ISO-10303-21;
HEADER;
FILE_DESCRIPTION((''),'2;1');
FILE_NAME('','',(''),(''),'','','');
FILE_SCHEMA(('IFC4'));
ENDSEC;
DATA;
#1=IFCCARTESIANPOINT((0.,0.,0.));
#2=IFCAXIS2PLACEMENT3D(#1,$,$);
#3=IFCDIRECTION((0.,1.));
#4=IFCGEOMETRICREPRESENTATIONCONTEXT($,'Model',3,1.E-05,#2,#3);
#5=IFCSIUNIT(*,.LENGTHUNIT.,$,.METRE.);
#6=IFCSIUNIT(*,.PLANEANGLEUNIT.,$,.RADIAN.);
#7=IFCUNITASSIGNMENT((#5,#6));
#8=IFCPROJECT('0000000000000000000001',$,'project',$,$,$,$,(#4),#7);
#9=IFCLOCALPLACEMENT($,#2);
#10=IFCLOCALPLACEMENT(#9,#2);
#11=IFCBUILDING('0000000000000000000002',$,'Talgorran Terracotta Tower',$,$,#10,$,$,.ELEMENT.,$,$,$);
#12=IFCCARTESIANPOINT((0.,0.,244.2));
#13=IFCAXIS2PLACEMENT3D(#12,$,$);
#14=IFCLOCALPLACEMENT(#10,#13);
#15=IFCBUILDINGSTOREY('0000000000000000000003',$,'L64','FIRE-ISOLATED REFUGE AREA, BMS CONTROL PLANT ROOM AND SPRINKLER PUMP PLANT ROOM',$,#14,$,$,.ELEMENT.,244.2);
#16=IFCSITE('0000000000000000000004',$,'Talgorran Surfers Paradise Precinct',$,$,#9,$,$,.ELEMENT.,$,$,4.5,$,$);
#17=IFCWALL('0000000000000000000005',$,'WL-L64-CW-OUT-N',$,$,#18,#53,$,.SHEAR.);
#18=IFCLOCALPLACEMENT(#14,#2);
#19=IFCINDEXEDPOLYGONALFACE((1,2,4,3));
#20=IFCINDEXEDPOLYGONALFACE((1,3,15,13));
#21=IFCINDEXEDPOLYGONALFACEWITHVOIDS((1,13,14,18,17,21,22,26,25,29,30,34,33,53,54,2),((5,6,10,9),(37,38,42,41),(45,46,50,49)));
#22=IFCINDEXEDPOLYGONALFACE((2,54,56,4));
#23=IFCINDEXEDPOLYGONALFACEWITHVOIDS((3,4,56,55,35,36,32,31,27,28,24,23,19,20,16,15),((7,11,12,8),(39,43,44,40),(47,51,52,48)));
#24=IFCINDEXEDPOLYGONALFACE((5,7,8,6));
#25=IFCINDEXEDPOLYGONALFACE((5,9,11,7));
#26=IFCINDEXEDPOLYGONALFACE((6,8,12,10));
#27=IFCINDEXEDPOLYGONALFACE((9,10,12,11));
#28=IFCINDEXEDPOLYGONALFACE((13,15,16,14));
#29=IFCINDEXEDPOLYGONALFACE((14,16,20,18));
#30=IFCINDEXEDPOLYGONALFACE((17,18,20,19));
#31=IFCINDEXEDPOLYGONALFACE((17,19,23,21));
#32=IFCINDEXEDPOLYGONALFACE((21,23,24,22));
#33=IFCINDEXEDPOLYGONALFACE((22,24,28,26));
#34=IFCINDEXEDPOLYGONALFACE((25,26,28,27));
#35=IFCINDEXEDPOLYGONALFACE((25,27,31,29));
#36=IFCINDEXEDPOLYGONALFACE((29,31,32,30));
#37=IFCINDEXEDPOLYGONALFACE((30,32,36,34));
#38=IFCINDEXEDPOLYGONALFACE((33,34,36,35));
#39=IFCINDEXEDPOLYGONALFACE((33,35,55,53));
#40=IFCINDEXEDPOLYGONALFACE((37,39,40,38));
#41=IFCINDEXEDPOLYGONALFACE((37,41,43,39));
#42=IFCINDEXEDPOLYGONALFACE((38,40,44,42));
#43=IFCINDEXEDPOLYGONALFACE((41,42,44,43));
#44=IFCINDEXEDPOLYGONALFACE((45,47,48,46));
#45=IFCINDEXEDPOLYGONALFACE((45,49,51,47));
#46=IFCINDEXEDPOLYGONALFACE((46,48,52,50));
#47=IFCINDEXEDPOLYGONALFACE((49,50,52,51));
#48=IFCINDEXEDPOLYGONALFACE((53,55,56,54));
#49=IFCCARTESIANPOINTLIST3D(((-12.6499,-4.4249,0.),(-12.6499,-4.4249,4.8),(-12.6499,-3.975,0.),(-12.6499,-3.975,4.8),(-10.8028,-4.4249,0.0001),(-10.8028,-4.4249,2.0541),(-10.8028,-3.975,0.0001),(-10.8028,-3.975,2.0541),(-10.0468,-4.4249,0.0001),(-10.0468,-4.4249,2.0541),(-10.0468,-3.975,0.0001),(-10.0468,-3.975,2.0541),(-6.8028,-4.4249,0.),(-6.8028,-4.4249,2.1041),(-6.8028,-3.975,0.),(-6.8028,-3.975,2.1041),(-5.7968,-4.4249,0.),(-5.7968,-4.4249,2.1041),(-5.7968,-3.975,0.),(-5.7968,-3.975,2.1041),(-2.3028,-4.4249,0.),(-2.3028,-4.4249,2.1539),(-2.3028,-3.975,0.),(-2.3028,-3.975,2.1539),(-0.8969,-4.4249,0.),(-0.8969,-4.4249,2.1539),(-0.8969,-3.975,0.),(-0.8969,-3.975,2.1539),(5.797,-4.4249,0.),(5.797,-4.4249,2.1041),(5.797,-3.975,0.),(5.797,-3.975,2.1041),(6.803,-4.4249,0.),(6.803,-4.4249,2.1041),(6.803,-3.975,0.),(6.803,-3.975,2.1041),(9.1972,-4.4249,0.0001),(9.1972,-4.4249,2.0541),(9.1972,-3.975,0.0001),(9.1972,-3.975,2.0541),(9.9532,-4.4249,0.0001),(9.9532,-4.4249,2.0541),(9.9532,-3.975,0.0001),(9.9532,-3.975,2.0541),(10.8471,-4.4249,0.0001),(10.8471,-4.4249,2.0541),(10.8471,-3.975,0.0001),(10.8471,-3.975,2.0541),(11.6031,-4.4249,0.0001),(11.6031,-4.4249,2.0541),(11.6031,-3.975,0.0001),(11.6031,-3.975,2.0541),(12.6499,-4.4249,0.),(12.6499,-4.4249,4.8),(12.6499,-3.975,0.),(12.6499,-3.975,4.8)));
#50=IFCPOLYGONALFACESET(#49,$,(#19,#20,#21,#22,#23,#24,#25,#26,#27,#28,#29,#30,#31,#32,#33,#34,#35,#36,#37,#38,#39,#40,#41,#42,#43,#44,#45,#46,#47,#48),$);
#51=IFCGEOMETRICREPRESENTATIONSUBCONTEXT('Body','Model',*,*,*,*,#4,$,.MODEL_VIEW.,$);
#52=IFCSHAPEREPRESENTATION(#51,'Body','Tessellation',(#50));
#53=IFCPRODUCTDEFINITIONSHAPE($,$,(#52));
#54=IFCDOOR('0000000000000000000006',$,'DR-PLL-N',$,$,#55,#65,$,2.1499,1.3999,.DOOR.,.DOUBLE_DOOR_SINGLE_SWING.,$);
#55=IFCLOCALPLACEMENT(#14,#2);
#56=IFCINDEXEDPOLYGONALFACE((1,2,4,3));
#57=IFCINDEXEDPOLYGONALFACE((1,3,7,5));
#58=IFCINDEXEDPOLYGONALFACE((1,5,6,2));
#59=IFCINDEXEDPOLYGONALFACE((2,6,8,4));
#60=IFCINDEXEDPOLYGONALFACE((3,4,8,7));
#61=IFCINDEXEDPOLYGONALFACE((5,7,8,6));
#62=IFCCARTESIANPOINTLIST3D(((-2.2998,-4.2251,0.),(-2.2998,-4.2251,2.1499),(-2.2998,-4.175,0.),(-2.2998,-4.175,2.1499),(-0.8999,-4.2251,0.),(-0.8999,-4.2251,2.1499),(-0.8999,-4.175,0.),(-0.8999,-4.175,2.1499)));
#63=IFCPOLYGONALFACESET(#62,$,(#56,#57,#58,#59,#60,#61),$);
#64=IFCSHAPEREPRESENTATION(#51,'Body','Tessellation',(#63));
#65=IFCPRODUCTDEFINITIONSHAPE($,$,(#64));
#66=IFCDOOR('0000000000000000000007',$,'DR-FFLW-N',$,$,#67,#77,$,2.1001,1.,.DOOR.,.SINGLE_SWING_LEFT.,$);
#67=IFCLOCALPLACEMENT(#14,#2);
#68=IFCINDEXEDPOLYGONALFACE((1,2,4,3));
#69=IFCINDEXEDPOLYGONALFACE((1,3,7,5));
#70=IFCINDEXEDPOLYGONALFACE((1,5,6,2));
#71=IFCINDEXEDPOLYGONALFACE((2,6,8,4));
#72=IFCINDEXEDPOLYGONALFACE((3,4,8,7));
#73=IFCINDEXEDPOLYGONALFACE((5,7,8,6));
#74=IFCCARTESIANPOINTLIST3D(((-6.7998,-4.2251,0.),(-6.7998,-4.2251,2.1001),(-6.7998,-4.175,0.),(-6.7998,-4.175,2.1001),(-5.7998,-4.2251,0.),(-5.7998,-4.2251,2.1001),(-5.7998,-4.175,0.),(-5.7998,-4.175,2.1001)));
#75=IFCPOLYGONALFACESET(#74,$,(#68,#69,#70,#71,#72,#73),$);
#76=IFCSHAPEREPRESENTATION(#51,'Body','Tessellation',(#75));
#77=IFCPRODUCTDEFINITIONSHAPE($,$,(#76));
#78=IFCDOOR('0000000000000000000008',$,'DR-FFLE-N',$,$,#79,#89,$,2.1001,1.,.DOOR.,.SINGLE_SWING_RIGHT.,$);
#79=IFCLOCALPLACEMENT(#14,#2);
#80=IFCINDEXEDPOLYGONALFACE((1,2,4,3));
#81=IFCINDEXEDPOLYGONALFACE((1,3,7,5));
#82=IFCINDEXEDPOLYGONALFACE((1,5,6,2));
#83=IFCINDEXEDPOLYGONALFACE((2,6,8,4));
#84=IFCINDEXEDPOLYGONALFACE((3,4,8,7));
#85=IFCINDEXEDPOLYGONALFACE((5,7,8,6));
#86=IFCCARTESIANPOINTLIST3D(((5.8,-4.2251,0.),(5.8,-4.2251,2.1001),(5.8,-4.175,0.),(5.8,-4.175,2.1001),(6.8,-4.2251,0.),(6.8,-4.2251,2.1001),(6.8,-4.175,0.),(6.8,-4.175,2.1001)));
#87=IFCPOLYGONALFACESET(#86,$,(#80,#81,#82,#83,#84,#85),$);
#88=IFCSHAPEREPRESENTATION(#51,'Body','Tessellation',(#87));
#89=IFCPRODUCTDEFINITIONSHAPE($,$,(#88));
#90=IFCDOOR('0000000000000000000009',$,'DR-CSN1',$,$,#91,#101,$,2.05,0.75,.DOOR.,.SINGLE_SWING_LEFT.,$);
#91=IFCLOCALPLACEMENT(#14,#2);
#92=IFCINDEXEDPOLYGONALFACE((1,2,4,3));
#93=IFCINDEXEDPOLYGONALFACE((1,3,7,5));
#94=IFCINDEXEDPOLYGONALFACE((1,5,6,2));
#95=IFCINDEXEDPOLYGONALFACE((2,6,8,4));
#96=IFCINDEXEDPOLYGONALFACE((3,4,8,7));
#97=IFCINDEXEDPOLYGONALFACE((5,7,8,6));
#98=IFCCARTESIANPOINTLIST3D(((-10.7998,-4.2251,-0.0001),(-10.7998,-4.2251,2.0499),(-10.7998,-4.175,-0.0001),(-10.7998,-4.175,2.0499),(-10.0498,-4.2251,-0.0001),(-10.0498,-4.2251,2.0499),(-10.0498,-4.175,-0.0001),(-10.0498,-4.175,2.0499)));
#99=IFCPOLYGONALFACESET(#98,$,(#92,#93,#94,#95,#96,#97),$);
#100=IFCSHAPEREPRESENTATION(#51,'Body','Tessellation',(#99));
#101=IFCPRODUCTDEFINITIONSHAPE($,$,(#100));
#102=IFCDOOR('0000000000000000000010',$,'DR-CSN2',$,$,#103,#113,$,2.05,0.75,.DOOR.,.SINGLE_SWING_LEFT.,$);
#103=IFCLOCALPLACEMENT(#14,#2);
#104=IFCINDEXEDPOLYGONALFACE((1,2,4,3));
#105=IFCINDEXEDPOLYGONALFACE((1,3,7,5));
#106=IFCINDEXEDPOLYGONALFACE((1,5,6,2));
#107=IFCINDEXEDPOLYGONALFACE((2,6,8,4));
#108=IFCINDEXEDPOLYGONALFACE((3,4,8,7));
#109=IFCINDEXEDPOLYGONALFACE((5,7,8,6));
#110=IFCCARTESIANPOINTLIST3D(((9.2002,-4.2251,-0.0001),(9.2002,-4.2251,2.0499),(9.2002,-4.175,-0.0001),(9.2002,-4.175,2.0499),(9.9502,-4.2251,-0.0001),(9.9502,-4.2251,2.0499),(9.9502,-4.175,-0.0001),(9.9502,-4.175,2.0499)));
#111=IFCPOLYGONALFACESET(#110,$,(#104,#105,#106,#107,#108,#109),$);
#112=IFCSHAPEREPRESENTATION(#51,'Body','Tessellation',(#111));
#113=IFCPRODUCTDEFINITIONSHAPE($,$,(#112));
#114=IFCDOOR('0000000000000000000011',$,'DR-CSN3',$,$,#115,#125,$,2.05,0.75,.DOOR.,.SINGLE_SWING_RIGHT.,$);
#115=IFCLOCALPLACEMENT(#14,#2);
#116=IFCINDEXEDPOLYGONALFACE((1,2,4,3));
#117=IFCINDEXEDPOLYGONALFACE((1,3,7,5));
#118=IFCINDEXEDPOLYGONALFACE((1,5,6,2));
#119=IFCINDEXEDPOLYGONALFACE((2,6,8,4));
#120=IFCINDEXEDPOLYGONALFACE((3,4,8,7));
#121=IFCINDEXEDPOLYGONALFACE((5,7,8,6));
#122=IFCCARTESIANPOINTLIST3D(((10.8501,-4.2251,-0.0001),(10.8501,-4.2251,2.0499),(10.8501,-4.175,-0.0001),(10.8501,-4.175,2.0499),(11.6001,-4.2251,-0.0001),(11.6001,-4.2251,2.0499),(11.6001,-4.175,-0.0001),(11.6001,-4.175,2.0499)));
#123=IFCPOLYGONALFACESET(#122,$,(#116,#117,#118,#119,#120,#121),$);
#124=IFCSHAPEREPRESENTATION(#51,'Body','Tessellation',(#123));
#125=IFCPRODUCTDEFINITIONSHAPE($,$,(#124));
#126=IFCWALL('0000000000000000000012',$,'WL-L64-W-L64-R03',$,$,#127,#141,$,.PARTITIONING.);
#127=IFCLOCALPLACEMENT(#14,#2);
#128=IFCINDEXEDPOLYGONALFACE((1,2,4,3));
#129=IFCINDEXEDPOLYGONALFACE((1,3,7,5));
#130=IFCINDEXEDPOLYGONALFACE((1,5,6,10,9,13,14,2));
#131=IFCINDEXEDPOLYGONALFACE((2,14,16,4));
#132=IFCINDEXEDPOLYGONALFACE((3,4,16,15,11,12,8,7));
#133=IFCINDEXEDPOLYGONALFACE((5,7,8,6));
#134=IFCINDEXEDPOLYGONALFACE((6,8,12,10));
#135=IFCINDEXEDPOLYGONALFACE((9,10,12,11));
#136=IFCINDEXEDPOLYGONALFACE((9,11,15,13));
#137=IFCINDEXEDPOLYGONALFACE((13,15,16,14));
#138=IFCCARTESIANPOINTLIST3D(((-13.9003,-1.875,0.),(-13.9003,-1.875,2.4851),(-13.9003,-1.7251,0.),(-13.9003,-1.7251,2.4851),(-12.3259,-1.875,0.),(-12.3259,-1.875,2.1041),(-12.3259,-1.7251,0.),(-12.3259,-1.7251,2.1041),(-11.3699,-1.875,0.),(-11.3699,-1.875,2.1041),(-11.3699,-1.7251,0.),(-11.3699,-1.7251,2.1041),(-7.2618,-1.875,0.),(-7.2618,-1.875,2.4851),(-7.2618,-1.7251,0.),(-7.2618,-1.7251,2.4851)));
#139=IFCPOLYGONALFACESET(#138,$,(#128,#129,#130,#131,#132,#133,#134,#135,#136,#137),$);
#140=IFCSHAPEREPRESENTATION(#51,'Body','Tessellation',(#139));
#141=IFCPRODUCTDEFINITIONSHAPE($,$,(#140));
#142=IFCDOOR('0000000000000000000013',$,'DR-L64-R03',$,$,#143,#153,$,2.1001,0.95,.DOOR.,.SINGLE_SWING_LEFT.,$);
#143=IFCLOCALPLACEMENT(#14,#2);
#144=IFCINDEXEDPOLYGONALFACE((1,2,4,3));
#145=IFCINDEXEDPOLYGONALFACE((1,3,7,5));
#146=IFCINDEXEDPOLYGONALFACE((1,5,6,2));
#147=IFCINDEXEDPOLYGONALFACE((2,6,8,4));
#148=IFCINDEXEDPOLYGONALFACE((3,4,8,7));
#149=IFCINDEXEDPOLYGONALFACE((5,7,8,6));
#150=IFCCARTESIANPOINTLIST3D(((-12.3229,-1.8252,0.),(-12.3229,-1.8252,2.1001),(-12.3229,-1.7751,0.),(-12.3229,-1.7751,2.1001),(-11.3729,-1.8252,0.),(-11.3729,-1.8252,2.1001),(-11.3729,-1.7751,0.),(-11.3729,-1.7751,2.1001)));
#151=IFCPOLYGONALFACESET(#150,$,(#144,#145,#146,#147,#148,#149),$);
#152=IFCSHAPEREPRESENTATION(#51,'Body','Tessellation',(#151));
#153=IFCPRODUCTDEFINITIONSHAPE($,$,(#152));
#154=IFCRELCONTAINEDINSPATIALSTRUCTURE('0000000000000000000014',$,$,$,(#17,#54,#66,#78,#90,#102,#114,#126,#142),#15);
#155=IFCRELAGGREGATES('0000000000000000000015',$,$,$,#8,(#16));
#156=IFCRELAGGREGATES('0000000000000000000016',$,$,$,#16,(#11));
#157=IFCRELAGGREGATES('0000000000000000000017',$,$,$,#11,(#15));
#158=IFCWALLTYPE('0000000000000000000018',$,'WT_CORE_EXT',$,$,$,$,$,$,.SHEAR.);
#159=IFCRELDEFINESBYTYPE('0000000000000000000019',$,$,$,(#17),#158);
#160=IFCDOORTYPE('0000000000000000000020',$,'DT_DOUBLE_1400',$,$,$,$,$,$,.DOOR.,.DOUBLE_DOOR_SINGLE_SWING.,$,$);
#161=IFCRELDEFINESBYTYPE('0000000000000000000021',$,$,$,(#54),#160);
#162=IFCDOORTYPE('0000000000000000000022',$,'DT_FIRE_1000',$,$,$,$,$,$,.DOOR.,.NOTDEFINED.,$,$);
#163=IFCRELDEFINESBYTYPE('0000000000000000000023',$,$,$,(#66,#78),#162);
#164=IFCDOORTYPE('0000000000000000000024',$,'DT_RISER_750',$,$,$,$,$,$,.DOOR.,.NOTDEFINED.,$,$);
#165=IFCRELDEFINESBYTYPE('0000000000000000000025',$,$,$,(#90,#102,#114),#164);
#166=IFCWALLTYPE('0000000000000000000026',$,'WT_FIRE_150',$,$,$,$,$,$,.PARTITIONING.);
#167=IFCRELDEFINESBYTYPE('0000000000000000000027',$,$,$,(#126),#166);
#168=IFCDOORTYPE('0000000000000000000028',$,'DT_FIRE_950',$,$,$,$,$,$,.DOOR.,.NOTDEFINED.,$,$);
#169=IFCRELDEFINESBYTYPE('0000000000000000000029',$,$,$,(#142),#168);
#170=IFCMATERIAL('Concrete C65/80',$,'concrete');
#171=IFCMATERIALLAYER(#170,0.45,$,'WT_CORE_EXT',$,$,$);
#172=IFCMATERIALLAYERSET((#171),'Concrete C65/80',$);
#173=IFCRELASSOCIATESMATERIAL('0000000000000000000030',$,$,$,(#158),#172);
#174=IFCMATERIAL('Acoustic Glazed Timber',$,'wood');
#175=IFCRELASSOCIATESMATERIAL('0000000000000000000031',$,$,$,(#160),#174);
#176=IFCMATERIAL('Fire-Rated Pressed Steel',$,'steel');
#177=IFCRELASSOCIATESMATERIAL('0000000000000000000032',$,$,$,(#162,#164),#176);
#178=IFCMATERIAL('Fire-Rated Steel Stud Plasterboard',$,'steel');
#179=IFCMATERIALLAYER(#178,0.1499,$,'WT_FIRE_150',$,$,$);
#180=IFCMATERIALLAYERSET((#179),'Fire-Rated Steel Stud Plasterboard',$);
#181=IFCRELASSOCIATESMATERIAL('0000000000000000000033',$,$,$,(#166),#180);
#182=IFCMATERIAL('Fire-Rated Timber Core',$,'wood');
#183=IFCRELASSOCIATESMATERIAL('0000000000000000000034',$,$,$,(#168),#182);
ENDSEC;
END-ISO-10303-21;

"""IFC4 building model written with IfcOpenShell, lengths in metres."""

from ifc_helpers import new_model, si_unit, direction, frame, frame_2d, origin, place, context, subcontext, project, spatial, rectangle, extrude, material, layer, layer_set, type_object, element, fill, save


model = new_model("IFC4")

# Units and contexts
model_context = context("Model", 3, precision=1e-05, world=origin(), true_north=direction((0.0, 1.0)))
body_context = subcontext(model_context, "Body", "Model", "MODEL_VIEW")
ifc_project = project(units=[si_unit("LENGTHUNIT", "METRE"), si_unit("PLANEANGLEUNIT", "RADIAN")], contexts=[model_context])

# Site, building, storey
site_placement = place(None, origin())
site = spatial("IfcSite", under=ifc_project, at=site_placement, Name="Talgorran Surfers Paradise Precinct", CompositionType="ELEMENT", RefElevation=4.5)
building_placement = place(site_placement, origin())
building = spatial("IfcBuilding", under=site, at=building_placement, Name="Talgorran Terracotta Tower", CompositionType="ELEMENT")
storey_placement = place(building_placement, frame((0.0, 0.0, 244.2)))
storey = spatial("IfcBuildingStorey", under=building, at=storey_placement, Name="L64", Description="FIRE-ISOLATED REFUGE AREA, BMS CONTROL PLANT ROOM AND SPRINKLER PUMP PLANT ROOM", CompositionType="ELEMENT", Elevation=244.2)

# Wall, openings, doors
ifc_material_1 = material(Name="Concrete C65/80", Category="concrete")
ifc_layer_1 = layer(ifc_material_1, 0.45, Name="WT_CORE_EXT")
ifc_layer_set_1 = layer_set([ifc_layer_1], Name="Concrete C65/80")
wall_type_1 = type_object("IfcWallType", Name="WT_CORE_EXT", PredefinedType="SHEAR", material=ifc_layer_set_1)
wall_1_placement = place(storey_placement, frame((-12.6499, -4.2, 0.0), z_axis=(0.0, 0.0, 1.0), x_axis=(1.0, 0.0, 0.0)))
wall_1 = element("IfcWall", 1, at=wall_1_placement, inside=storey, type_object=wall_type_1, Name="WL-L64-CW-OUT-N", PredefinedType="SHEAR", context=body_context, shape_type="SweptSolid", body=[
    extrude(rectangle(XDim=25.2998, YDim=0.45, at=frame_2d((12.6499, 0.0))), origin(), (0.0, 0.0, 1.0), 4.8),
])
opening_1_placement = place(wall_1_placement, frame((1.8501, 0.0, 0.0)))
opening_1 = element("IfcOpeningElement", 2, at=opening_1_placement, cuts=wall_1, PredefinedType="OPENING", context=body_context, shape_type="SweptSolid", body=[
    extrude(rectangle(XDim=0.756, YDim=2.054, at=frame_2d((0.375, 1.0271))), frame((0.0, 0.2349, 0.0), z_axis=(0.0, -1.0, 0.0), x_axis=(1.0, 0.0, 0.0)), (0.0, 0.0, 1.0), 0.47),
])
opening_2_placement = place(wall_1_placement, frame((21.8501, 0.0, 0.0)))
opening_2 = element("IfcOpeningElement", 3, at=opening_2_placement, cuts=wall_1, PredefinedType="OPENING", context=body_context, shape_type="SweptSolid", body=[
    extrude(rectangle(XDim=0.756, YDim=2.054, at=frame_2d((0.375, 1.0271))), frame((0.0, 0.2349, 0.0), z_axis=(0.0, -1.0, 0.0), x_axis=(1.0, 0.0, 0.0)), (0.0, 0.0, 1.0), 0.47),
])
opening_3_placement = place(wall_1_placement, frame((23.5, 0.0, 0.0)))
opening_3 = element("IfcOpeningElement", 4, at=opening_3_placement, cuts=wall_1, PredefinedType="OPENING", context=body_context, shape_type="SweptSolid", body=[
    extrude(rectangle(XDim=0.756, YDim=2.054, at=frame_2d((0.375, 1.0271))), frame((0.0, 0.2349, 0.0), z_axis=(0.0, -1.0, 0.0), x_axis=(1.0, 0.0, 0.0)), (0.0, 0.0, 1.0), 0.47),
])
opening_4_placement = place(wall_1_placement, frame((5.8501, 0.0, 0.0)))
opening_4 = element("IfcOpeningElement", 5, at=opening_4_placement, cuts=wall_1, PredefinedType="OPENING", context=body_context, shape_type="SweptSolid", body=[
    extrude(rectangle(XDim=1.006, YDim=2.1041, at=frame_2d((0.5, 1.052))), frame((0.0, 0.2349, 0.0), z_axis=(0.0, -1.0, 0.0), x_axis=(1.0, 0.0, 0.0)), (0.0, 0.0, 1.0), 0.47),
])
opening_5_placement = place(wall_1_placement, frame((10.3501, 0.0, 0.0)))
opening_5 = element("IfcOpeningElement", 6, at=opening_5_placement, cuts=wall_1, PredefinedType="OPENING", context=body_context, shape_type="SweptSolid", body=[
    extrude(rectangle(XDim=1.4059, YDim=2.1539, at=frame_2d((0.7, 1.0769))), frame((0.0, 0.2349, 0.0), z_axis=(0.0, -1.0, 0.0), x_axis=(1.0, 0.0, 0.0)), (0.0, 0.0, 1.0), 0.47),
])
opening_6_placement = place(wall_1_placement, frame((18.45, 0.0, 0.0)))
opening_6 = element("IfcOpeningElement", 7, at=opening_6_placement, cuts=wall_1, PredefinedType="OPENING", context=body_context, shape_type="SweptSolid", body=[
    extrude(rectangle(XDim=1.006, YDim=2.1041, at=frame_2d((0.5, 1.052))), frame((0.0, 0.2349, 0.0), z_axis=(0.0, -1.0, 0.0), x_axis=(1.0, 0.0, 0.0)), (0.0, 0.0, 1.0), 0.47),
])
ifc_material_2 = material(Name="Acoustic Glazed Timber", Category="wood")
door_type_1 = type_object("IfcDoorType", Name="DT_DOUBLE_1400", OperationType="DOUBLE_DOOR_SINGLE_SWING", PredefinedType="DOOR", material=ifc_material_2)
door_1_placement = place(opening_5_placement, origin())
door_1 = element("IfcDoor", 8, at=door_1_placement, inside=storey, type_object=door_type_1, Name="DR-PLL-N", OperationType="DOUBLE_DOOR_SINGLE_SWING", OverallHeight=2.1499, OverallWidth=1.3999, PredefinedType="DOOR", context=body_context, shape_type="SweptSolid", body=[
    extrude(rectangle(XDim=1.3999, YDim=2.1499, at=frame_2d((0.7, 1.075))), frame((0.0, 0.0249, 0.0), z_axis=(0.0, -1.0, 0.0), x_axis=(1.0, 0.0, 0.0)), (0.0, 0.0, 1.0), 0.05),
])
fill(opening_5, door_1)
ifc_material_3 = material(Name="Fire-Rated Pressed Steel", Category="steel")
door_type_2 = type_object("IfcDoorType", Name="DT_FIRE_1000", OperationType="NOTDEFINED", PredefinedType="DOOR", material=ifc_material_3)
door_2_placement = place(opening_4_placement, origin())
door_2 = element("IfcDoor", 9, at=door_2_placement, inside=storey, type_object=door_type_2, Name="DR-FFLW-N", OperationType="SINGLE_SWING_LEFT", OverallHeight=2.1001, OverallWidth=1.0, PredefinedType="DOOR", context=body_context, shape_type="SweptSolid", body=[
    extrude(rectangle(XDim=1.0, YDim=2.1001, at=frame_2d((0.5, 1.05))), frame((0.0, 0.0249, 0.0), z_axis=(0.0, -1.0, 0.0), x_axis=(1.0, 0.0, 0.0)), (0.0, 0.0, 1.0), 0.05),
])
fill(opening_4, door_2)
door_3_placement = place(opening_6_placement, origin())
door_3 = element("IfcDoor", 10, at=door_3_placement, inside=storey, type_object=door_type_2, Name="DR-FFLE-N", OperationType="SINGLE_SWING_RIGHT", OverallHeight=2.1001, OverallWidth=1.0, PredefinedType="DOOR", context=body_context, shape_type="SweptSolid", body=[
    extrude(rectangle(XDim=1.0, YDim=2.1001, at=frame_2d((0.5, 1.05))), frame((0.0, 0.0249, 0.0), z_axis=(0.0, -1.0, 0.0), x_axis=(1.0, 0.0, 0.0)), (0.0, 0.0, 1.0), 0.05),
])
fill(opening_6, door_3)
door_type_3 = type_object("IfcDoorType", Name="DT_RISER_750", OperationType="NOTDEFINED", PredefinedType="DOOR", material=ifc_material_3)
door_4_placement = place(opening_1_placement, origin())
door_4 = element("IfcDoor", 11, at=door_4_placement, inside=storey, type_object=door_type_3, Name="DR-CSN1", OperationType="SINGLE_SWING_LEFT", OverallHeight=2.05, OverallWidth=0.75, PredefinedType="DOOR", context=body_context, shape_type="SweptSolid", body=[
    extrude(rectangle(XDim=0.75, YDim=2.05, at=frame_2d((0.375, 1.0249))), frame((0.0, 0.0249, 0.0), z_axis=(0.0, -1.0, 0.0), x_axis=(1.0, 0.0, 0.0)), (0.0, 0.0, 1.0), 0.05),
])
fill(opening_1, door_4)
door_5_placement = place(opening_2_placement, origin())
door_5 = element("IfcDoor", 12, at=door_5_placement, inside=storey, type_object=door_type_3, Name="DR-CSN2", OperationType="SINGLE_SWING_LEFT", OverallHeight=2.05, OverallWidth=0.75, PredefinedType="DOOR", context=body_context, shape_type="SweptSolid", body=[
    extrude(rectangle(XDim=0.75, YDim=2.05, at=frame_2d((0.375, 1.0249))), frame((0.0, 0.0249, 0.0), z_axis=(0.0, -1.0, 0.0), x_axis=(1.0, 0.0, 0.0)), (0.0, 0.0, 1.0), 0.05),
])
fill(opening_2, door_5)
door_6_placement = place(opening_3_placement, origin())
door_6 = element("IfcDoor", 13, at=door_6_placement, inside=storey, type_object=door_type_3, Name="DR-CSN3", OperationType="SINGLE_SWING_RIGHT", OverallHeight=2.05, OverallWidth=0.75, PredefinedType="DOOR", context=body_context, shape_type="SweptSolid", body=[
    extrude(rectangle(XDim=0.75, YDim=2.05, at=frame_2d((0.375, 1.0249))), frame((0.0, 0.0249, 0.0), z_axis=(0.0, -1.0, 0.0), x_axis=(1.0, 0.0, 0.0)), (0.0, 0.0, 1.0), 0.05),
])
fill(opening_3, door_6)

# Wall, opening, door
ifc_material_4 = material(Name="Fire-Rated Steel Stud Plasterboard", Category="steel")
ifc_layer_2 = layer(ifc_material_4, 0.1499, Name="WT_FIRE_150")
ifc_layer_set_2 = layer_set([ifc_layer_2], Name="Fire-Rated Steel Stud Plasterboard")
wall_type_2 = type_object("IfcWallType", Name="WT_FIRE_150", PredefinedType="PARTITIONING", material=ifc_layer_set_2)
wall_2_placement = place(storey_placement, frame((-13.9004, -1.8, 0.0), z_axis=(0.0, 0.0, 1.0), x_axis=(1.0, 0.0, 0.0)))
wall_2 = element("IfcWall", 14, at=wall_2_placement, inside=storey, type_object=wall_type_2, Name="WL-L64-W-L64-R03", PredefinedType="PARTITIONING", context=body_context, shape_type="SweptSolid", body=[
    extrude(rectangle(XDim=6.6384, YDim=0.1499, at=frame_2d((3.3193, 0.0))), origin(), (0.0, 0.0, 1.0), 2.4851),
])
opening_7_placement = place(wall_2_placement, frame((1.5774, 0.0, 0.0)))
opening_7 = element("IfcOpeningElement", 15, at=opening_7_placement, cuts=wall_2, PredefinedType="OPENING", context=body_context, shape_type="SweptSolid", body=[
    extrude(rectangle(XDim=0.956, YDim=2.1041, at=frame_2d((0.4751, 1.052))), frame((0.0, 0.085, 0.0), z_axis=(0.0, -1.0, 0.0), x_axis=(1.0, 0.0, 0.0)), (0.0, 0.0, 1.0), 0.1699),
])
ifc_material_5 = material(Name="Fire-Rated Timber Core", Category="wood")
door_type_4 = type_object("IfcDoorType", Name="DT_FIRE_950", OperationType="NOTDEFINED", PredefinedType="DOOR", material=ifc_material_5)
door_7_placement = place(opening_7_placement, origin())
door_7 = element("IfcDoor", 16, at=door_7_placement, inside=storey, type_object=door_type_4, Name="DR-L64-R03", OperationType="SINGLE_SWING_LEFT", OverallHeight=2.1001, OverallWidth=0.95, PredefinedType="DOOR", context=body_context, shape_type="SweptSolid", body=[
    extrude(rectangle(XDim=0.95, YDim=2.1001, at=frame_2d((0.4751, 1.05))), frame((0.0, 0.0249, 0.0), z_axis=(0.0, -1.0, 0.0), x_axis=(1.0, 0.0, 0.0)), (0.0, 0.0, 1.0), 0.05),
])
fill(opening_7, door_7)

save(model, "model.ifc")
